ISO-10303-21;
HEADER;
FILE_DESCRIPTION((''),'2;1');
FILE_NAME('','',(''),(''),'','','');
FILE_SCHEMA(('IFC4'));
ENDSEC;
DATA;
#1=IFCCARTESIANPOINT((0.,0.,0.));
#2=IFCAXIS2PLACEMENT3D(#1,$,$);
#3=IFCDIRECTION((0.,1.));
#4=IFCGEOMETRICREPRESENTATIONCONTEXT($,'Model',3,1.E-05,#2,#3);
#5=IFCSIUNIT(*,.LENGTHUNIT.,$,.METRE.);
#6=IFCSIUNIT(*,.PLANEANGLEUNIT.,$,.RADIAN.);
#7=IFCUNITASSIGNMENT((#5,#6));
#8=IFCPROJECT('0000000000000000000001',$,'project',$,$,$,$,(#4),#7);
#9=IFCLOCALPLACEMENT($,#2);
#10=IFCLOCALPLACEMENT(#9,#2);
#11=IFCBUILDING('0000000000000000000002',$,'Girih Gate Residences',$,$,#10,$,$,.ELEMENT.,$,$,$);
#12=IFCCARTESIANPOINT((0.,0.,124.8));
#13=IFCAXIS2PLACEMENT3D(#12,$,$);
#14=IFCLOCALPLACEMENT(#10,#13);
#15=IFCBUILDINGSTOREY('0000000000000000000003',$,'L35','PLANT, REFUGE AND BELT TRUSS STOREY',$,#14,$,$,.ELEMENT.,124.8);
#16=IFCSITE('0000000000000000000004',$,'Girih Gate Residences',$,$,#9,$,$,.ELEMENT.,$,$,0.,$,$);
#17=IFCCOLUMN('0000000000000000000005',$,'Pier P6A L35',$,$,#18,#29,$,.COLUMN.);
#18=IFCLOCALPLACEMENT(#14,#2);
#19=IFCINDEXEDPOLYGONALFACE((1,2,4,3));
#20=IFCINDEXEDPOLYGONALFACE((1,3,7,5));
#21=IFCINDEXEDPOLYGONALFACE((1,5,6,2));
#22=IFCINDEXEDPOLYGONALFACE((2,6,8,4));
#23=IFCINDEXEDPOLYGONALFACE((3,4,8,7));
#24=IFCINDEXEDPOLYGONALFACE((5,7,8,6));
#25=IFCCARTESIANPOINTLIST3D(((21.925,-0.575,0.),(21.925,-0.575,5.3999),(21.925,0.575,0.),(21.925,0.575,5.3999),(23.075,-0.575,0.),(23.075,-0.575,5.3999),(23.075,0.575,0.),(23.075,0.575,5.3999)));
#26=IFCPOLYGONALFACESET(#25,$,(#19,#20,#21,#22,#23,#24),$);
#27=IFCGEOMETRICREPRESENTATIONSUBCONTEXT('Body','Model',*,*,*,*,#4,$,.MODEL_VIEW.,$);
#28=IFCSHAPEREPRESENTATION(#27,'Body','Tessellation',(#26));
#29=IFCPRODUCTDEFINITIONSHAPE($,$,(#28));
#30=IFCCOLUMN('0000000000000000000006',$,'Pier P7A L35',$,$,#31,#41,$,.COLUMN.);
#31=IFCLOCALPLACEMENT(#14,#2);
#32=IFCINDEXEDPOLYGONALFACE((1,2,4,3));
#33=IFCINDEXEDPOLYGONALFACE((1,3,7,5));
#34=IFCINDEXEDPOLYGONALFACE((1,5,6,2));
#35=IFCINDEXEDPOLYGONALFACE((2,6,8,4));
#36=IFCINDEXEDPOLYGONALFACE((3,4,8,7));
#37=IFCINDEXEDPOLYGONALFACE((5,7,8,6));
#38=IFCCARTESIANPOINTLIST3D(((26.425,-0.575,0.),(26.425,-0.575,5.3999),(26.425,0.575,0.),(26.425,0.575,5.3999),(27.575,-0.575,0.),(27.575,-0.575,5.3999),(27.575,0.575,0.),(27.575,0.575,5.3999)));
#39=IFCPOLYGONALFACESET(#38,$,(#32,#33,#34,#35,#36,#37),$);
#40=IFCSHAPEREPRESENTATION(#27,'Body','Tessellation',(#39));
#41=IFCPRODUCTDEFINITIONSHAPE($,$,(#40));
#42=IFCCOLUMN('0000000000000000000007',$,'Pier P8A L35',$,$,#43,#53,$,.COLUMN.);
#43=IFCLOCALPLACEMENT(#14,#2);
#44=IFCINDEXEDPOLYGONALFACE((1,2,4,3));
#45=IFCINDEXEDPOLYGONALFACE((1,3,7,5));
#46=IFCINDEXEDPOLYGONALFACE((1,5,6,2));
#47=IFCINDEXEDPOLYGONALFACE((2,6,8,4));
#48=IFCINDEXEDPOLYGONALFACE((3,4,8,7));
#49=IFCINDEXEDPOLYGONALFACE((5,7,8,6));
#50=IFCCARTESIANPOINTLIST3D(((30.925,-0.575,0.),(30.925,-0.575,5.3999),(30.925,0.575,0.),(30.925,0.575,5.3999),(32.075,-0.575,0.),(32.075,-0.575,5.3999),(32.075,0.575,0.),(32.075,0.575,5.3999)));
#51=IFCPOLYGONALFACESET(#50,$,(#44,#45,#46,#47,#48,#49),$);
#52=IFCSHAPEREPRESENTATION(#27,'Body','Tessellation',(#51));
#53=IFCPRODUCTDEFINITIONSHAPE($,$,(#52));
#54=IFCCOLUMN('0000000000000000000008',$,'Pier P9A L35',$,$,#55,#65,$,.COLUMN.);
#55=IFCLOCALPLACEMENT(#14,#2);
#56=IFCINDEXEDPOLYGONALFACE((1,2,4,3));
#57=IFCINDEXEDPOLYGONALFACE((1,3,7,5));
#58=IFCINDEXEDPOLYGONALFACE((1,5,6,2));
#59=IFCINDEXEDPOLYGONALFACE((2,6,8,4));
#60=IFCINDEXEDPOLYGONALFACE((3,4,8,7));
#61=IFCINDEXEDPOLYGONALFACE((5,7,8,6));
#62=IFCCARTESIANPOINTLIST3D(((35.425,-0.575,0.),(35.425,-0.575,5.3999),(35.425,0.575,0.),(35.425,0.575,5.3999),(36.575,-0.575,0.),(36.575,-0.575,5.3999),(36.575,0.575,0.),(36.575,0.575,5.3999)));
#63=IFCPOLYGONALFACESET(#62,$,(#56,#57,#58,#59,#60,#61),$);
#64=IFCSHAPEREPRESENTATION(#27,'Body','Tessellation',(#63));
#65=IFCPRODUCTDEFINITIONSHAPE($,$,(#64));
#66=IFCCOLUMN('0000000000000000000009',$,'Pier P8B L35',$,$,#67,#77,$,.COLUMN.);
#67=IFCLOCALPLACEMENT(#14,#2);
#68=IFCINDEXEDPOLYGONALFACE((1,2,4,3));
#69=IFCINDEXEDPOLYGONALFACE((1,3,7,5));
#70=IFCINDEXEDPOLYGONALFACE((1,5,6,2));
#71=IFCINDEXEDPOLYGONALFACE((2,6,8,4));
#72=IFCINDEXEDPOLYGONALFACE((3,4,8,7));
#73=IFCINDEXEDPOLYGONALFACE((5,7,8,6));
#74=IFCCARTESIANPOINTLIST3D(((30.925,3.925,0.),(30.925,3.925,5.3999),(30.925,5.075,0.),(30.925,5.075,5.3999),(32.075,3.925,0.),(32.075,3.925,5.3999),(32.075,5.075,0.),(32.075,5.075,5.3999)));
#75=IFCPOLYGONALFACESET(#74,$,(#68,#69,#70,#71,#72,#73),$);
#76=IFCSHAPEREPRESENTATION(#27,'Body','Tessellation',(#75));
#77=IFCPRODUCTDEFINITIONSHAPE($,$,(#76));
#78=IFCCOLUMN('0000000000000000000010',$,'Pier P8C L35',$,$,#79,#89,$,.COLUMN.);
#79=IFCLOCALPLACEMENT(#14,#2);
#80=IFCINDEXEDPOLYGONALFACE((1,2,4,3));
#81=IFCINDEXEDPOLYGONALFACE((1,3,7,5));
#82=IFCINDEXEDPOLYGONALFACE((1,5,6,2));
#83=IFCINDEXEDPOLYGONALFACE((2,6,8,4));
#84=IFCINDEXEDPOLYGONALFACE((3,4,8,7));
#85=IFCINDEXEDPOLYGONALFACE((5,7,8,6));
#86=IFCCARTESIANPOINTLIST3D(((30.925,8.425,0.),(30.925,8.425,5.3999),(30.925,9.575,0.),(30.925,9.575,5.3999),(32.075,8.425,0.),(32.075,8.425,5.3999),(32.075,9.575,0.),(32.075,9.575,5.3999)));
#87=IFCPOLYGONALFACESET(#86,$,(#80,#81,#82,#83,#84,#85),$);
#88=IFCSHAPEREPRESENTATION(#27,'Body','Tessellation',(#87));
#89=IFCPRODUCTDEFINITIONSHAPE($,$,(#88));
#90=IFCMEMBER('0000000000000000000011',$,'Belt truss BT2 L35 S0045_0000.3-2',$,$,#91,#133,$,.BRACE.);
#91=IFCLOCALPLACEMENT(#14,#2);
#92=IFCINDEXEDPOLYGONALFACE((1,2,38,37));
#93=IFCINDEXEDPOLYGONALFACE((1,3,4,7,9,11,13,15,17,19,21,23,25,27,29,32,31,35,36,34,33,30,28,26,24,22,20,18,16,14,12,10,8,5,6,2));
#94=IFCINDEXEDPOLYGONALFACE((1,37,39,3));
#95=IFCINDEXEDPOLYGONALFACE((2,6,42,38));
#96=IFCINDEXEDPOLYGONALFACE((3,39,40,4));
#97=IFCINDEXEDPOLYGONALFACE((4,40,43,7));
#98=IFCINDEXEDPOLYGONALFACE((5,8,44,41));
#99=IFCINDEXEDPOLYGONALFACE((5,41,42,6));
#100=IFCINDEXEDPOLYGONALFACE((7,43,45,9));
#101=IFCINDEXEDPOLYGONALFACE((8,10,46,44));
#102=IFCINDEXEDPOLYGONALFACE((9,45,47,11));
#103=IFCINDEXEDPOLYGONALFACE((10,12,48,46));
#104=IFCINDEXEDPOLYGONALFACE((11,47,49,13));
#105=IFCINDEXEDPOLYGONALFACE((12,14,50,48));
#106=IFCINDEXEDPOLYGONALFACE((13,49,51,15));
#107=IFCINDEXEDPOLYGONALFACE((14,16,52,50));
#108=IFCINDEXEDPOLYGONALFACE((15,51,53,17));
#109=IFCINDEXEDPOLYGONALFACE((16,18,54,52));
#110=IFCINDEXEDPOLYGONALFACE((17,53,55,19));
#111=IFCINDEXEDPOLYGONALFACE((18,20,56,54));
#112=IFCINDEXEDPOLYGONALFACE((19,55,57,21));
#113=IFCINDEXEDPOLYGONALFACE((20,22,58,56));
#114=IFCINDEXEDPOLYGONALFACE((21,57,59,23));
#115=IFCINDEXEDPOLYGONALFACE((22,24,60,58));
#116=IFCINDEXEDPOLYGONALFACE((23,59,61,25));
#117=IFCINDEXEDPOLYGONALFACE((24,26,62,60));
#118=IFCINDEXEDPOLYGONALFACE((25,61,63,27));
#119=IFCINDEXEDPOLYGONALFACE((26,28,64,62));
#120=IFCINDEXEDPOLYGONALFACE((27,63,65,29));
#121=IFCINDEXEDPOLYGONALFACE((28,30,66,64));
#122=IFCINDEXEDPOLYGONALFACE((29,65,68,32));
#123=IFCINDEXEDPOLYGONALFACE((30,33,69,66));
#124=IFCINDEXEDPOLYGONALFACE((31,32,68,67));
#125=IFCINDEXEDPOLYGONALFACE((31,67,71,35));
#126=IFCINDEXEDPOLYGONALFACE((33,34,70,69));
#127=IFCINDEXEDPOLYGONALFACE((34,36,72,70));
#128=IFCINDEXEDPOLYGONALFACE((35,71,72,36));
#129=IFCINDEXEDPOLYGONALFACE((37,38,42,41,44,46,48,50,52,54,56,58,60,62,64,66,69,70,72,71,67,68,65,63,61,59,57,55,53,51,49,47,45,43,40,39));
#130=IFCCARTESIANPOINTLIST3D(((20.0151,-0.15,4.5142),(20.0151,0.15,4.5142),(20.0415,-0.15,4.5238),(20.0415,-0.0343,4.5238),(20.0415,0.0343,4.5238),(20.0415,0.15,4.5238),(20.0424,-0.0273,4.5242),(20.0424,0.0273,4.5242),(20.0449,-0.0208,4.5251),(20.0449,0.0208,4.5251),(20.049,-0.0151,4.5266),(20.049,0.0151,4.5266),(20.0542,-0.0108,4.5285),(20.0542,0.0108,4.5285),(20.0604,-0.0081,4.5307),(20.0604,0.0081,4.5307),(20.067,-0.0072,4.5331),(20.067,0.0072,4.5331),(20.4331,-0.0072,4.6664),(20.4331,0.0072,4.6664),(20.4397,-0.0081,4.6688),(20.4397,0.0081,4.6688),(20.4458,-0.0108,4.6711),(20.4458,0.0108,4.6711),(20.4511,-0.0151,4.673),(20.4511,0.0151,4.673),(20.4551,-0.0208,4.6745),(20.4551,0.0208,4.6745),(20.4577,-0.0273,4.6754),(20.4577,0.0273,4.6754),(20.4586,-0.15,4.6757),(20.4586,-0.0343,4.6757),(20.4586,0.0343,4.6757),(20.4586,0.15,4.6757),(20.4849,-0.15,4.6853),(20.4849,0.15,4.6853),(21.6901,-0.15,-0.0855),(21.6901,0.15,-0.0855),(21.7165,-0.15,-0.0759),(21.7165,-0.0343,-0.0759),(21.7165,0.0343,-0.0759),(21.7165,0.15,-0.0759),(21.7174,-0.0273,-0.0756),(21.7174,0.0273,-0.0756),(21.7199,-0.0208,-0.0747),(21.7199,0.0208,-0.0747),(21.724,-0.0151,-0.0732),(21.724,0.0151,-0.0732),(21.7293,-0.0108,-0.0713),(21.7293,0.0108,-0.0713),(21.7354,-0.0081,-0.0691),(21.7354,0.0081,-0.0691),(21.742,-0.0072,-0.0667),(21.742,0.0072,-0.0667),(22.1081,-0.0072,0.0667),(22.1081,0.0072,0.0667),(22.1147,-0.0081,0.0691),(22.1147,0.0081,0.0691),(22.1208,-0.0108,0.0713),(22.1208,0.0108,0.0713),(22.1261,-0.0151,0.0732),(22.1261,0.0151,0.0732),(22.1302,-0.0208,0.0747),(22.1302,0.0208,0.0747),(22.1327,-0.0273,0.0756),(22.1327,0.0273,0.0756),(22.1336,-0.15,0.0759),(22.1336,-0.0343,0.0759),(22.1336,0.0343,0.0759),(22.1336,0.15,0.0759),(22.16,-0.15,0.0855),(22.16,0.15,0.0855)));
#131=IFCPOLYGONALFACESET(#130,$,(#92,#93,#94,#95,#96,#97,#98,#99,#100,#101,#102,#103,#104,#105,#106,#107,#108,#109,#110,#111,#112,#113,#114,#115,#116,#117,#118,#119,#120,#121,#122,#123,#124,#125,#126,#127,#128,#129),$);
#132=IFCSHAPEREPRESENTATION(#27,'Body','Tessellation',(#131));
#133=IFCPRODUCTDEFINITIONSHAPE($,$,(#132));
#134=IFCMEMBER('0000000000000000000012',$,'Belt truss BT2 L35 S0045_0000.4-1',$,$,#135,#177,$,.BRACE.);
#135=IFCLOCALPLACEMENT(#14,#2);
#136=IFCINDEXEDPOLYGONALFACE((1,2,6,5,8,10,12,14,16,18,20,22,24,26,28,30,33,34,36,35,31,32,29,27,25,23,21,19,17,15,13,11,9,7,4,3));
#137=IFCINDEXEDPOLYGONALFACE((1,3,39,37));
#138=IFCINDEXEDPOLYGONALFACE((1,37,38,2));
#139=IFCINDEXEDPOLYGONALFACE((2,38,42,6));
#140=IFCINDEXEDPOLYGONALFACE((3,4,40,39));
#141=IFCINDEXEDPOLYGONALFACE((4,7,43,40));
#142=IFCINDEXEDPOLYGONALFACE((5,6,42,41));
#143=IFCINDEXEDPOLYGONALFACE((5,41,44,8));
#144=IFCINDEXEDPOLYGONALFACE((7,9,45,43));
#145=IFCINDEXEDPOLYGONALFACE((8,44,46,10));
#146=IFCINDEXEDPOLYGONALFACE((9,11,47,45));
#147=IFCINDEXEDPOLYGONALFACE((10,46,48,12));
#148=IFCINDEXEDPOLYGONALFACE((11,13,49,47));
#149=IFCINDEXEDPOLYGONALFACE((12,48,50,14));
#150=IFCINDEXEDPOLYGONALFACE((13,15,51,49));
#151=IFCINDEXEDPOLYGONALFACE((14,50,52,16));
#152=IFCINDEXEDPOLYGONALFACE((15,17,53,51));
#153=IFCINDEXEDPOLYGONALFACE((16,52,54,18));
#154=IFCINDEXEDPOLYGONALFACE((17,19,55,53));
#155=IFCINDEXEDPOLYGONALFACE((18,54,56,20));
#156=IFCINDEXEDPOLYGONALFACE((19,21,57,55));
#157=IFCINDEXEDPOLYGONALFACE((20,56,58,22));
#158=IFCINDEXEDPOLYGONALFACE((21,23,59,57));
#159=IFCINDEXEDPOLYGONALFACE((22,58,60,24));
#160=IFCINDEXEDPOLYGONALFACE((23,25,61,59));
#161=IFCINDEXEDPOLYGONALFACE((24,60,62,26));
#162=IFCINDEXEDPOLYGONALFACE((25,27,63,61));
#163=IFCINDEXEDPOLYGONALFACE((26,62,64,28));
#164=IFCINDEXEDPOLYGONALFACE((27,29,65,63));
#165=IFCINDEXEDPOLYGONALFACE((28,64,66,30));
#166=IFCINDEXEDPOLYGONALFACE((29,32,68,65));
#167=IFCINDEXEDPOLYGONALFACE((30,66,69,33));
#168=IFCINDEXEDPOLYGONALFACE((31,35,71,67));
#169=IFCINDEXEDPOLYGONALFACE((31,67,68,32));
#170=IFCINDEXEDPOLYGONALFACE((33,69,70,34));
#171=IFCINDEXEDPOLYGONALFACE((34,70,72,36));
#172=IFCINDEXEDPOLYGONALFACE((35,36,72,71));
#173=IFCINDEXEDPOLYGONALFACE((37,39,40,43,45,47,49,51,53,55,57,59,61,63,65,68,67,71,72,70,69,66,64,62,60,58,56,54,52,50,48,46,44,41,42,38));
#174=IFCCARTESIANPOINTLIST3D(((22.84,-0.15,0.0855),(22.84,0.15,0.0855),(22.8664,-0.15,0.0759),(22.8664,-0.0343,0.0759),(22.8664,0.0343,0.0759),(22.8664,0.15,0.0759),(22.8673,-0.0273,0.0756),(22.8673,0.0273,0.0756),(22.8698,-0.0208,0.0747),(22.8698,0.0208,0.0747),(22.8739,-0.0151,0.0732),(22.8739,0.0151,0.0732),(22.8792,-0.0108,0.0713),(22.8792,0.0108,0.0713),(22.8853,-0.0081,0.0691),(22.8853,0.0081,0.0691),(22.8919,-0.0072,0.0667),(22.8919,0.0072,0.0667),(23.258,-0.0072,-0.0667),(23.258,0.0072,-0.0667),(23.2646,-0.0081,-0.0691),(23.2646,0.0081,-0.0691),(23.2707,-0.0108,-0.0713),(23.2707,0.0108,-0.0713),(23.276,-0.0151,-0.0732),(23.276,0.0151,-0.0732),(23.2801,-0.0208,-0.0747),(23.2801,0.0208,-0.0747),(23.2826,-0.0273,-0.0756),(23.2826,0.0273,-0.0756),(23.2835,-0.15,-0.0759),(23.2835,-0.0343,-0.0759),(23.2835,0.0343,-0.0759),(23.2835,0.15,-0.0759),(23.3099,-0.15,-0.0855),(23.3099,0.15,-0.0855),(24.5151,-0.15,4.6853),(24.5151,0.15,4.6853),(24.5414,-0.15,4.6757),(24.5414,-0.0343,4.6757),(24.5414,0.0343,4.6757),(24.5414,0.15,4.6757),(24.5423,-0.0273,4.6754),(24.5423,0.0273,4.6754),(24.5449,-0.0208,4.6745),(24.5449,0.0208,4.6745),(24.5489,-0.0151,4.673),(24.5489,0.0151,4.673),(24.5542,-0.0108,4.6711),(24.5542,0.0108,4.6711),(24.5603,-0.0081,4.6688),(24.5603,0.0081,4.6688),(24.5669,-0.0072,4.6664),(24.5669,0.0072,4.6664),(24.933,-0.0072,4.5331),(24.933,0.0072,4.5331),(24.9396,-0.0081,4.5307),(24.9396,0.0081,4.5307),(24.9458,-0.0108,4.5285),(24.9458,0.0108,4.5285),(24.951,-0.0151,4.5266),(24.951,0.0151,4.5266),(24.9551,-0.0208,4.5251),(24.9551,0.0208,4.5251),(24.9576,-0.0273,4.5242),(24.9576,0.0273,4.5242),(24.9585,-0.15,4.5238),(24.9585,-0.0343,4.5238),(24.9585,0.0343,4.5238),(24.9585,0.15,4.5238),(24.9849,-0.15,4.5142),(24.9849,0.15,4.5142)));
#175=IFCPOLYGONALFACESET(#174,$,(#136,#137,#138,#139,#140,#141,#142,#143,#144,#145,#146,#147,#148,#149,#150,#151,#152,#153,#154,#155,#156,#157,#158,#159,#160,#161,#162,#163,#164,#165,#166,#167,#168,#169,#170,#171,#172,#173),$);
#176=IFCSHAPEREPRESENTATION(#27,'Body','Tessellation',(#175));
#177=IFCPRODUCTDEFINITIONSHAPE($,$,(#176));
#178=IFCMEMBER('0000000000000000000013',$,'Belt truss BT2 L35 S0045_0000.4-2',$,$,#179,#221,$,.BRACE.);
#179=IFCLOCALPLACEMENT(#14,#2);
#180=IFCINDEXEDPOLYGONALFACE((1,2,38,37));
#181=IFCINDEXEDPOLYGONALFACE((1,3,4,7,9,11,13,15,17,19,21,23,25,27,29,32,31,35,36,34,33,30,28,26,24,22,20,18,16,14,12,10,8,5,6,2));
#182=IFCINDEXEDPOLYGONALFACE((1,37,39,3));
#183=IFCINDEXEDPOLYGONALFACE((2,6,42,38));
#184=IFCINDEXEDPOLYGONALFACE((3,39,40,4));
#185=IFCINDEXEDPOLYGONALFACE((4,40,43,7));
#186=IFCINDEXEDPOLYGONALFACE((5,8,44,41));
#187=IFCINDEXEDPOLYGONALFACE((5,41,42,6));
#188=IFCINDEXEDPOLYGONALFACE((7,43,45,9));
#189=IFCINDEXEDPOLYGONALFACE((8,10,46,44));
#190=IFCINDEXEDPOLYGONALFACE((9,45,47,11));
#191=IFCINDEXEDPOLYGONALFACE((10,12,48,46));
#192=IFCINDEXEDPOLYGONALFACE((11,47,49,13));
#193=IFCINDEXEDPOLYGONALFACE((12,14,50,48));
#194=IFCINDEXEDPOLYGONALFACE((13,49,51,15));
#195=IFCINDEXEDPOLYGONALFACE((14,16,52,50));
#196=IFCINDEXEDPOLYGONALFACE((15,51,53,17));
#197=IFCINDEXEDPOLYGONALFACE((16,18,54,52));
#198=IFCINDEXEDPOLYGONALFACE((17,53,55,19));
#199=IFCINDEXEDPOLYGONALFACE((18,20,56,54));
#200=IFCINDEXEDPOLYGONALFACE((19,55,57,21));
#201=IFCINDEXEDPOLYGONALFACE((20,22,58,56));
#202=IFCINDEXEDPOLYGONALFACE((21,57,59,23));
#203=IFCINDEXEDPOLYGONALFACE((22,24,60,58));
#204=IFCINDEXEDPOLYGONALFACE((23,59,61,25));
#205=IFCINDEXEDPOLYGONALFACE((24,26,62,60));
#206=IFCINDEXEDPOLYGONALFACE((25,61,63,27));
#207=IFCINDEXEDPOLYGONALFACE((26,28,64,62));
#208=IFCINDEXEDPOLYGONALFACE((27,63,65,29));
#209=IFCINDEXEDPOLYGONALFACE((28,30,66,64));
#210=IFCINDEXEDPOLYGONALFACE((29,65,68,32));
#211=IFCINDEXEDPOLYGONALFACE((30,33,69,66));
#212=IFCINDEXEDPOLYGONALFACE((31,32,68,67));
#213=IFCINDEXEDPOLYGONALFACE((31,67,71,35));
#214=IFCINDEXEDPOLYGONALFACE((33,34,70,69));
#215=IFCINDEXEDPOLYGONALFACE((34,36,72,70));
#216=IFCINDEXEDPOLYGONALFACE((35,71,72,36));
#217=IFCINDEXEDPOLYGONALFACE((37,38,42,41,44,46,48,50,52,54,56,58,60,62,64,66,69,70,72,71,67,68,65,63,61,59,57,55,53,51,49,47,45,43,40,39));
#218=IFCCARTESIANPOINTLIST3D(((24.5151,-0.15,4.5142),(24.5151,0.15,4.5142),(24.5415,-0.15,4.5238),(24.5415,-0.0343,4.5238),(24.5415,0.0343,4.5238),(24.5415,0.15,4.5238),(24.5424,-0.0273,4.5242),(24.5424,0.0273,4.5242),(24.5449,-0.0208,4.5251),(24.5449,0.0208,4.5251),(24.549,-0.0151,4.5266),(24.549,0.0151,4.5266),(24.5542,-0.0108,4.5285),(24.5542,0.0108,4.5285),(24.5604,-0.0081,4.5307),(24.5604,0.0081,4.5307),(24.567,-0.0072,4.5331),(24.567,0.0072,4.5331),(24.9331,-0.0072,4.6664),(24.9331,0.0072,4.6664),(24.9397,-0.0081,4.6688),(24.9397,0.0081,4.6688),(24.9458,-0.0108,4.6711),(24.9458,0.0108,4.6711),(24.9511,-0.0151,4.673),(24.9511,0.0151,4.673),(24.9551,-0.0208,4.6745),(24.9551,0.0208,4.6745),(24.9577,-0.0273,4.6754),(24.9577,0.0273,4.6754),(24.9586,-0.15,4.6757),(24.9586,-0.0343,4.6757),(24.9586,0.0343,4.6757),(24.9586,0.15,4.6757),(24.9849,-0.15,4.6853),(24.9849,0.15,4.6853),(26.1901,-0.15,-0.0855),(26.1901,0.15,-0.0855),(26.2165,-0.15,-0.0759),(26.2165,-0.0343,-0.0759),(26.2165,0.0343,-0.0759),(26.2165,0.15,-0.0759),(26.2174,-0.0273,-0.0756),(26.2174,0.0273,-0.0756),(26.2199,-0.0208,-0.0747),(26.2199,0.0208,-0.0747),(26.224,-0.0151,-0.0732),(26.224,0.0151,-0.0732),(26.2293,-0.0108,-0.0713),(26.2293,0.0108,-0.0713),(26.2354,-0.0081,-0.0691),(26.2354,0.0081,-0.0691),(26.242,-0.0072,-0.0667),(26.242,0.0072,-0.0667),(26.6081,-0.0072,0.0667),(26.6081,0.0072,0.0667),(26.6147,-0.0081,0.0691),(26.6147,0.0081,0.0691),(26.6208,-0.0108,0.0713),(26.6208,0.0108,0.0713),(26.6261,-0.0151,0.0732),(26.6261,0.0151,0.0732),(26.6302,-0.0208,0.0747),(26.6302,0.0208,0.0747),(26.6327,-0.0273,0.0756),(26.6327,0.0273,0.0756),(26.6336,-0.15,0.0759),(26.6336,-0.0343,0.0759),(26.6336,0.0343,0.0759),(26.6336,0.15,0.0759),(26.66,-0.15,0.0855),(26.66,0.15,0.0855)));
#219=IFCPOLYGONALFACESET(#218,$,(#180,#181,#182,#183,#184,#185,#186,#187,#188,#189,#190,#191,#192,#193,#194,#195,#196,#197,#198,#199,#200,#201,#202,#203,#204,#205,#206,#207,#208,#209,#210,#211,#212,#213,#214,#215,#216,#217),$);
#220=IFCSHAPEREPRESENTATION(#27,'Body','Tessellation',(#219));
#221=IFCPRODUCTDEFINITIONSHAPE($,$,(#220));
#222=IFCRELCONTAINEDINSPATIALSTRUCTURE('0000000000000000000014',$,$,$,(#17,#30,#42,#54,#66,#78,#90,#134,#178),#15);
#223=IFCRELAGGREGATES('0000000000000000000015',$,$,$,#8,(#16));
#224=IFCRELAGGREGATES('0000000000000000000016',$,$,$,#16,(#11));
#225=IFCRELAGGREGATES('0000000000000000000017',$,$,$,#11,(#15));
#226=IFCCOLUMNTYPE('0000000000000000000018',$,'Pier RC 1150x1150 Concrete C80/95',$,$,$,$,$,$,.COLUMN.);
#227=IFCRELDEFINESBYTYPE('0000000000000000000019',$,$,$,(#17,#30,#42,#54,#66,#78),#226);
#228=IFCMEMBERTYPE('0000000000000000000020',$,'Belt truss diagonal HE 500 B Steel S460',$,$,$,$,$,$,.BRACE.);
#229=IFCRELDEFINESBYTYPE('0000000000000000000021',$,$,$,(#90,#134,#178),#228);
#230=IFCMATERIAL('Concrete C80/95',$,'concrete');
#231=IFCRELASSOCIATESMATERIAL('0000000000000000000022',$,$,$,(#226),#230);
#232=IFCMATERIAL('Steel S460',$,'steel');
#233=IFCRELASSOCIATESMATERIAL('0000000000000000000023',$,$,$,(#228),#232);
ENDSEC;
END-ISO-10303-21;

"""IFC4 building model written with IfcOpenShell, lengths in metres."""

from ifc_helpers import new_model, si_unit, direction, frame, origin, origin_2d, place, context, subcontext, project, spatial, rectangle, i_section, extrude, material, material_profile, profile_set, type_object, element, save


model = new_model("IFC4")

# Units and contexts
model_context = context("Model", 3, precision=1e-05, world=origin(), true_north=direction((0.0, 1.0)))
body_context = subcontext(model_context, "Body", "Model", "MODEL_VIEW")
ifc_project = project(units=[si_unit("LENGTHUNIT", "METRE"), si_unit("PLANEANGLEUNIT", "RADIAN")], contexts=[model_context])

# Site, building, storey
site_placement = place(None, origin())
site = spatial("IfcSite", under=ifc_project, at=site_placement, Name="Girih Gate Residences", CompositionType="ELEMENT", RefElevation=0.0)
building_placement = place(site_placement, origin())
building = spatial("IfcBuilding", under=site, at=building_placement, Name="Girih Gate Residences", CompositionType="ELEMENT")
storey_placement = place(building_placement, frame((0.0, 0.0, 124.8)))
storey = spatial("IfcBuildingStorey", under=building, at=storey_placement, Name="L35", Description="PLANT, REFUGE AND BELT TRUSS STOREY", CompositionType="ELEMENT", Elevation=124.8)

# Columns
ifc_material_1 = material(Name="Concrete C80/95", Category="concrete")
ifc_material_profile_1 = material_profile(ifc_material_1, rectangle(XDim=1.1499, YDim=1.1499, at=origin_2d()))
ifc_profile_set_1 = profile_set([ifc_material_profile_1], Name="Concrete C80/95")
column_type = type_object("IfcColumnType", Name="Pier RC 1150x1150 Concrete C80/95", PredefinedType="COLUMN", material=ifc_profile_set_1)
for number, where, z_axis, x_axis, name in (
    (1, (22.5, 0.0, 0.0), (0.0, 0.0, 1.0), (1.0, 0.0, 0.0), "Pier P6A L35"),
    (2, (27.0, 0.0, 0.0), (0.0, 0.0, 1.0), (1.0, 0.0, 0.0), "Pier P7A L35"),
    (3, (31.5, 0.0, 0.0), (0.0, 0.0, 1.0), (1.0, 0.0, 0.0), "Pier P8A L35"),
    (4, (36.0, 0.0, 0.0), (0.0, 0.0, 1.0), (1.0, 0.0, 0.0), "Pier P9A L35"),
    (5, (31.5, 4.5, 0.0), (0.0, 0.0, 1.0), (1.0, 0.0, 0.0), "Pier P8B L35"),
    (6, (31.5, 9.0, 0.0), (0.0, 0.0, 1.0), (1.0, 0.0, 0.0), "Pier P8C L35"),
):
    element("IfcColumn", number, at=place(storey_placement, frame(where, z_axis=z_axis, x_axis=x_axis)), inside=storey, type_object=column_type, Name=name, PredefinedType="COLUMN", context=body_context, shape_type="SweptSolid", body=[
        extrude(rectangle(XDim=1.1499, YDim=1.1499, at=origin_2d()), origin(), (0.0, 0.0, 1.0), 5.3999),
    ])

# Members
ifc_material_2 = material(Name="Steel S460", Category="steel")
ifc_material_profile_2 = material_profile(ifc_material_2, i_section(OverallWidth=0.3, OverallDepth=0.5, WebThickness=0.0144, FlangeThickness=0.0281, FilletRadius=0.0271, at=origin_2d()))
ifc_profile_set_2 = profile_set([ifc_material_profile_2], Name="Steel S460")
member_type = type_object("IfcMemberType", Name="Belt truss diagonal HE 500 B Steel S460", PredefinedType="BRACE", material=ifc_profile_set_2)
for number, where, z_axis, x_axis, name in (
    (7, (21.925, 0.0, 0.0), (-0.342171, 0.0, 0.939638), (0.0, -1.0, 0.0), "Belt truss BT2 L35 S0045_0000.3-2"),
    (8, (23.075, 0.0, 0.0), (0.342171, 0.0, 0.939638), (0.0, 1.0, 0.0), "Belt truss BT2 L35 S0045_0000.4-1"),
    (9, (26.425, 0.0, 0.0), (-0.342171, 0.0, 0.939638), (0.0, -1.0, 0.0), "Belt truss BT2 L35 S0045_0000.4-2"),
):
    element("IfcMember", number, at=place(storey_placement, frame(where, z_axis=z_axis, x_axis=x_axis)), inside=storey, type_object=member_type, Name=name, PredefinedType="BRACE", context=body_context, shape_type="SweptSolid", body=[
        extrude(i_section(OverallWidth=0.3, OverallDepth=0.5, WebThickness=0.0144, FlangeThickness=0.0281, FilletRadius=0.0271, at=origin_2d()), origin(), (0.0, 0.0, 1.0), 4.8953),
    ])

save(model, "model.ifc")
